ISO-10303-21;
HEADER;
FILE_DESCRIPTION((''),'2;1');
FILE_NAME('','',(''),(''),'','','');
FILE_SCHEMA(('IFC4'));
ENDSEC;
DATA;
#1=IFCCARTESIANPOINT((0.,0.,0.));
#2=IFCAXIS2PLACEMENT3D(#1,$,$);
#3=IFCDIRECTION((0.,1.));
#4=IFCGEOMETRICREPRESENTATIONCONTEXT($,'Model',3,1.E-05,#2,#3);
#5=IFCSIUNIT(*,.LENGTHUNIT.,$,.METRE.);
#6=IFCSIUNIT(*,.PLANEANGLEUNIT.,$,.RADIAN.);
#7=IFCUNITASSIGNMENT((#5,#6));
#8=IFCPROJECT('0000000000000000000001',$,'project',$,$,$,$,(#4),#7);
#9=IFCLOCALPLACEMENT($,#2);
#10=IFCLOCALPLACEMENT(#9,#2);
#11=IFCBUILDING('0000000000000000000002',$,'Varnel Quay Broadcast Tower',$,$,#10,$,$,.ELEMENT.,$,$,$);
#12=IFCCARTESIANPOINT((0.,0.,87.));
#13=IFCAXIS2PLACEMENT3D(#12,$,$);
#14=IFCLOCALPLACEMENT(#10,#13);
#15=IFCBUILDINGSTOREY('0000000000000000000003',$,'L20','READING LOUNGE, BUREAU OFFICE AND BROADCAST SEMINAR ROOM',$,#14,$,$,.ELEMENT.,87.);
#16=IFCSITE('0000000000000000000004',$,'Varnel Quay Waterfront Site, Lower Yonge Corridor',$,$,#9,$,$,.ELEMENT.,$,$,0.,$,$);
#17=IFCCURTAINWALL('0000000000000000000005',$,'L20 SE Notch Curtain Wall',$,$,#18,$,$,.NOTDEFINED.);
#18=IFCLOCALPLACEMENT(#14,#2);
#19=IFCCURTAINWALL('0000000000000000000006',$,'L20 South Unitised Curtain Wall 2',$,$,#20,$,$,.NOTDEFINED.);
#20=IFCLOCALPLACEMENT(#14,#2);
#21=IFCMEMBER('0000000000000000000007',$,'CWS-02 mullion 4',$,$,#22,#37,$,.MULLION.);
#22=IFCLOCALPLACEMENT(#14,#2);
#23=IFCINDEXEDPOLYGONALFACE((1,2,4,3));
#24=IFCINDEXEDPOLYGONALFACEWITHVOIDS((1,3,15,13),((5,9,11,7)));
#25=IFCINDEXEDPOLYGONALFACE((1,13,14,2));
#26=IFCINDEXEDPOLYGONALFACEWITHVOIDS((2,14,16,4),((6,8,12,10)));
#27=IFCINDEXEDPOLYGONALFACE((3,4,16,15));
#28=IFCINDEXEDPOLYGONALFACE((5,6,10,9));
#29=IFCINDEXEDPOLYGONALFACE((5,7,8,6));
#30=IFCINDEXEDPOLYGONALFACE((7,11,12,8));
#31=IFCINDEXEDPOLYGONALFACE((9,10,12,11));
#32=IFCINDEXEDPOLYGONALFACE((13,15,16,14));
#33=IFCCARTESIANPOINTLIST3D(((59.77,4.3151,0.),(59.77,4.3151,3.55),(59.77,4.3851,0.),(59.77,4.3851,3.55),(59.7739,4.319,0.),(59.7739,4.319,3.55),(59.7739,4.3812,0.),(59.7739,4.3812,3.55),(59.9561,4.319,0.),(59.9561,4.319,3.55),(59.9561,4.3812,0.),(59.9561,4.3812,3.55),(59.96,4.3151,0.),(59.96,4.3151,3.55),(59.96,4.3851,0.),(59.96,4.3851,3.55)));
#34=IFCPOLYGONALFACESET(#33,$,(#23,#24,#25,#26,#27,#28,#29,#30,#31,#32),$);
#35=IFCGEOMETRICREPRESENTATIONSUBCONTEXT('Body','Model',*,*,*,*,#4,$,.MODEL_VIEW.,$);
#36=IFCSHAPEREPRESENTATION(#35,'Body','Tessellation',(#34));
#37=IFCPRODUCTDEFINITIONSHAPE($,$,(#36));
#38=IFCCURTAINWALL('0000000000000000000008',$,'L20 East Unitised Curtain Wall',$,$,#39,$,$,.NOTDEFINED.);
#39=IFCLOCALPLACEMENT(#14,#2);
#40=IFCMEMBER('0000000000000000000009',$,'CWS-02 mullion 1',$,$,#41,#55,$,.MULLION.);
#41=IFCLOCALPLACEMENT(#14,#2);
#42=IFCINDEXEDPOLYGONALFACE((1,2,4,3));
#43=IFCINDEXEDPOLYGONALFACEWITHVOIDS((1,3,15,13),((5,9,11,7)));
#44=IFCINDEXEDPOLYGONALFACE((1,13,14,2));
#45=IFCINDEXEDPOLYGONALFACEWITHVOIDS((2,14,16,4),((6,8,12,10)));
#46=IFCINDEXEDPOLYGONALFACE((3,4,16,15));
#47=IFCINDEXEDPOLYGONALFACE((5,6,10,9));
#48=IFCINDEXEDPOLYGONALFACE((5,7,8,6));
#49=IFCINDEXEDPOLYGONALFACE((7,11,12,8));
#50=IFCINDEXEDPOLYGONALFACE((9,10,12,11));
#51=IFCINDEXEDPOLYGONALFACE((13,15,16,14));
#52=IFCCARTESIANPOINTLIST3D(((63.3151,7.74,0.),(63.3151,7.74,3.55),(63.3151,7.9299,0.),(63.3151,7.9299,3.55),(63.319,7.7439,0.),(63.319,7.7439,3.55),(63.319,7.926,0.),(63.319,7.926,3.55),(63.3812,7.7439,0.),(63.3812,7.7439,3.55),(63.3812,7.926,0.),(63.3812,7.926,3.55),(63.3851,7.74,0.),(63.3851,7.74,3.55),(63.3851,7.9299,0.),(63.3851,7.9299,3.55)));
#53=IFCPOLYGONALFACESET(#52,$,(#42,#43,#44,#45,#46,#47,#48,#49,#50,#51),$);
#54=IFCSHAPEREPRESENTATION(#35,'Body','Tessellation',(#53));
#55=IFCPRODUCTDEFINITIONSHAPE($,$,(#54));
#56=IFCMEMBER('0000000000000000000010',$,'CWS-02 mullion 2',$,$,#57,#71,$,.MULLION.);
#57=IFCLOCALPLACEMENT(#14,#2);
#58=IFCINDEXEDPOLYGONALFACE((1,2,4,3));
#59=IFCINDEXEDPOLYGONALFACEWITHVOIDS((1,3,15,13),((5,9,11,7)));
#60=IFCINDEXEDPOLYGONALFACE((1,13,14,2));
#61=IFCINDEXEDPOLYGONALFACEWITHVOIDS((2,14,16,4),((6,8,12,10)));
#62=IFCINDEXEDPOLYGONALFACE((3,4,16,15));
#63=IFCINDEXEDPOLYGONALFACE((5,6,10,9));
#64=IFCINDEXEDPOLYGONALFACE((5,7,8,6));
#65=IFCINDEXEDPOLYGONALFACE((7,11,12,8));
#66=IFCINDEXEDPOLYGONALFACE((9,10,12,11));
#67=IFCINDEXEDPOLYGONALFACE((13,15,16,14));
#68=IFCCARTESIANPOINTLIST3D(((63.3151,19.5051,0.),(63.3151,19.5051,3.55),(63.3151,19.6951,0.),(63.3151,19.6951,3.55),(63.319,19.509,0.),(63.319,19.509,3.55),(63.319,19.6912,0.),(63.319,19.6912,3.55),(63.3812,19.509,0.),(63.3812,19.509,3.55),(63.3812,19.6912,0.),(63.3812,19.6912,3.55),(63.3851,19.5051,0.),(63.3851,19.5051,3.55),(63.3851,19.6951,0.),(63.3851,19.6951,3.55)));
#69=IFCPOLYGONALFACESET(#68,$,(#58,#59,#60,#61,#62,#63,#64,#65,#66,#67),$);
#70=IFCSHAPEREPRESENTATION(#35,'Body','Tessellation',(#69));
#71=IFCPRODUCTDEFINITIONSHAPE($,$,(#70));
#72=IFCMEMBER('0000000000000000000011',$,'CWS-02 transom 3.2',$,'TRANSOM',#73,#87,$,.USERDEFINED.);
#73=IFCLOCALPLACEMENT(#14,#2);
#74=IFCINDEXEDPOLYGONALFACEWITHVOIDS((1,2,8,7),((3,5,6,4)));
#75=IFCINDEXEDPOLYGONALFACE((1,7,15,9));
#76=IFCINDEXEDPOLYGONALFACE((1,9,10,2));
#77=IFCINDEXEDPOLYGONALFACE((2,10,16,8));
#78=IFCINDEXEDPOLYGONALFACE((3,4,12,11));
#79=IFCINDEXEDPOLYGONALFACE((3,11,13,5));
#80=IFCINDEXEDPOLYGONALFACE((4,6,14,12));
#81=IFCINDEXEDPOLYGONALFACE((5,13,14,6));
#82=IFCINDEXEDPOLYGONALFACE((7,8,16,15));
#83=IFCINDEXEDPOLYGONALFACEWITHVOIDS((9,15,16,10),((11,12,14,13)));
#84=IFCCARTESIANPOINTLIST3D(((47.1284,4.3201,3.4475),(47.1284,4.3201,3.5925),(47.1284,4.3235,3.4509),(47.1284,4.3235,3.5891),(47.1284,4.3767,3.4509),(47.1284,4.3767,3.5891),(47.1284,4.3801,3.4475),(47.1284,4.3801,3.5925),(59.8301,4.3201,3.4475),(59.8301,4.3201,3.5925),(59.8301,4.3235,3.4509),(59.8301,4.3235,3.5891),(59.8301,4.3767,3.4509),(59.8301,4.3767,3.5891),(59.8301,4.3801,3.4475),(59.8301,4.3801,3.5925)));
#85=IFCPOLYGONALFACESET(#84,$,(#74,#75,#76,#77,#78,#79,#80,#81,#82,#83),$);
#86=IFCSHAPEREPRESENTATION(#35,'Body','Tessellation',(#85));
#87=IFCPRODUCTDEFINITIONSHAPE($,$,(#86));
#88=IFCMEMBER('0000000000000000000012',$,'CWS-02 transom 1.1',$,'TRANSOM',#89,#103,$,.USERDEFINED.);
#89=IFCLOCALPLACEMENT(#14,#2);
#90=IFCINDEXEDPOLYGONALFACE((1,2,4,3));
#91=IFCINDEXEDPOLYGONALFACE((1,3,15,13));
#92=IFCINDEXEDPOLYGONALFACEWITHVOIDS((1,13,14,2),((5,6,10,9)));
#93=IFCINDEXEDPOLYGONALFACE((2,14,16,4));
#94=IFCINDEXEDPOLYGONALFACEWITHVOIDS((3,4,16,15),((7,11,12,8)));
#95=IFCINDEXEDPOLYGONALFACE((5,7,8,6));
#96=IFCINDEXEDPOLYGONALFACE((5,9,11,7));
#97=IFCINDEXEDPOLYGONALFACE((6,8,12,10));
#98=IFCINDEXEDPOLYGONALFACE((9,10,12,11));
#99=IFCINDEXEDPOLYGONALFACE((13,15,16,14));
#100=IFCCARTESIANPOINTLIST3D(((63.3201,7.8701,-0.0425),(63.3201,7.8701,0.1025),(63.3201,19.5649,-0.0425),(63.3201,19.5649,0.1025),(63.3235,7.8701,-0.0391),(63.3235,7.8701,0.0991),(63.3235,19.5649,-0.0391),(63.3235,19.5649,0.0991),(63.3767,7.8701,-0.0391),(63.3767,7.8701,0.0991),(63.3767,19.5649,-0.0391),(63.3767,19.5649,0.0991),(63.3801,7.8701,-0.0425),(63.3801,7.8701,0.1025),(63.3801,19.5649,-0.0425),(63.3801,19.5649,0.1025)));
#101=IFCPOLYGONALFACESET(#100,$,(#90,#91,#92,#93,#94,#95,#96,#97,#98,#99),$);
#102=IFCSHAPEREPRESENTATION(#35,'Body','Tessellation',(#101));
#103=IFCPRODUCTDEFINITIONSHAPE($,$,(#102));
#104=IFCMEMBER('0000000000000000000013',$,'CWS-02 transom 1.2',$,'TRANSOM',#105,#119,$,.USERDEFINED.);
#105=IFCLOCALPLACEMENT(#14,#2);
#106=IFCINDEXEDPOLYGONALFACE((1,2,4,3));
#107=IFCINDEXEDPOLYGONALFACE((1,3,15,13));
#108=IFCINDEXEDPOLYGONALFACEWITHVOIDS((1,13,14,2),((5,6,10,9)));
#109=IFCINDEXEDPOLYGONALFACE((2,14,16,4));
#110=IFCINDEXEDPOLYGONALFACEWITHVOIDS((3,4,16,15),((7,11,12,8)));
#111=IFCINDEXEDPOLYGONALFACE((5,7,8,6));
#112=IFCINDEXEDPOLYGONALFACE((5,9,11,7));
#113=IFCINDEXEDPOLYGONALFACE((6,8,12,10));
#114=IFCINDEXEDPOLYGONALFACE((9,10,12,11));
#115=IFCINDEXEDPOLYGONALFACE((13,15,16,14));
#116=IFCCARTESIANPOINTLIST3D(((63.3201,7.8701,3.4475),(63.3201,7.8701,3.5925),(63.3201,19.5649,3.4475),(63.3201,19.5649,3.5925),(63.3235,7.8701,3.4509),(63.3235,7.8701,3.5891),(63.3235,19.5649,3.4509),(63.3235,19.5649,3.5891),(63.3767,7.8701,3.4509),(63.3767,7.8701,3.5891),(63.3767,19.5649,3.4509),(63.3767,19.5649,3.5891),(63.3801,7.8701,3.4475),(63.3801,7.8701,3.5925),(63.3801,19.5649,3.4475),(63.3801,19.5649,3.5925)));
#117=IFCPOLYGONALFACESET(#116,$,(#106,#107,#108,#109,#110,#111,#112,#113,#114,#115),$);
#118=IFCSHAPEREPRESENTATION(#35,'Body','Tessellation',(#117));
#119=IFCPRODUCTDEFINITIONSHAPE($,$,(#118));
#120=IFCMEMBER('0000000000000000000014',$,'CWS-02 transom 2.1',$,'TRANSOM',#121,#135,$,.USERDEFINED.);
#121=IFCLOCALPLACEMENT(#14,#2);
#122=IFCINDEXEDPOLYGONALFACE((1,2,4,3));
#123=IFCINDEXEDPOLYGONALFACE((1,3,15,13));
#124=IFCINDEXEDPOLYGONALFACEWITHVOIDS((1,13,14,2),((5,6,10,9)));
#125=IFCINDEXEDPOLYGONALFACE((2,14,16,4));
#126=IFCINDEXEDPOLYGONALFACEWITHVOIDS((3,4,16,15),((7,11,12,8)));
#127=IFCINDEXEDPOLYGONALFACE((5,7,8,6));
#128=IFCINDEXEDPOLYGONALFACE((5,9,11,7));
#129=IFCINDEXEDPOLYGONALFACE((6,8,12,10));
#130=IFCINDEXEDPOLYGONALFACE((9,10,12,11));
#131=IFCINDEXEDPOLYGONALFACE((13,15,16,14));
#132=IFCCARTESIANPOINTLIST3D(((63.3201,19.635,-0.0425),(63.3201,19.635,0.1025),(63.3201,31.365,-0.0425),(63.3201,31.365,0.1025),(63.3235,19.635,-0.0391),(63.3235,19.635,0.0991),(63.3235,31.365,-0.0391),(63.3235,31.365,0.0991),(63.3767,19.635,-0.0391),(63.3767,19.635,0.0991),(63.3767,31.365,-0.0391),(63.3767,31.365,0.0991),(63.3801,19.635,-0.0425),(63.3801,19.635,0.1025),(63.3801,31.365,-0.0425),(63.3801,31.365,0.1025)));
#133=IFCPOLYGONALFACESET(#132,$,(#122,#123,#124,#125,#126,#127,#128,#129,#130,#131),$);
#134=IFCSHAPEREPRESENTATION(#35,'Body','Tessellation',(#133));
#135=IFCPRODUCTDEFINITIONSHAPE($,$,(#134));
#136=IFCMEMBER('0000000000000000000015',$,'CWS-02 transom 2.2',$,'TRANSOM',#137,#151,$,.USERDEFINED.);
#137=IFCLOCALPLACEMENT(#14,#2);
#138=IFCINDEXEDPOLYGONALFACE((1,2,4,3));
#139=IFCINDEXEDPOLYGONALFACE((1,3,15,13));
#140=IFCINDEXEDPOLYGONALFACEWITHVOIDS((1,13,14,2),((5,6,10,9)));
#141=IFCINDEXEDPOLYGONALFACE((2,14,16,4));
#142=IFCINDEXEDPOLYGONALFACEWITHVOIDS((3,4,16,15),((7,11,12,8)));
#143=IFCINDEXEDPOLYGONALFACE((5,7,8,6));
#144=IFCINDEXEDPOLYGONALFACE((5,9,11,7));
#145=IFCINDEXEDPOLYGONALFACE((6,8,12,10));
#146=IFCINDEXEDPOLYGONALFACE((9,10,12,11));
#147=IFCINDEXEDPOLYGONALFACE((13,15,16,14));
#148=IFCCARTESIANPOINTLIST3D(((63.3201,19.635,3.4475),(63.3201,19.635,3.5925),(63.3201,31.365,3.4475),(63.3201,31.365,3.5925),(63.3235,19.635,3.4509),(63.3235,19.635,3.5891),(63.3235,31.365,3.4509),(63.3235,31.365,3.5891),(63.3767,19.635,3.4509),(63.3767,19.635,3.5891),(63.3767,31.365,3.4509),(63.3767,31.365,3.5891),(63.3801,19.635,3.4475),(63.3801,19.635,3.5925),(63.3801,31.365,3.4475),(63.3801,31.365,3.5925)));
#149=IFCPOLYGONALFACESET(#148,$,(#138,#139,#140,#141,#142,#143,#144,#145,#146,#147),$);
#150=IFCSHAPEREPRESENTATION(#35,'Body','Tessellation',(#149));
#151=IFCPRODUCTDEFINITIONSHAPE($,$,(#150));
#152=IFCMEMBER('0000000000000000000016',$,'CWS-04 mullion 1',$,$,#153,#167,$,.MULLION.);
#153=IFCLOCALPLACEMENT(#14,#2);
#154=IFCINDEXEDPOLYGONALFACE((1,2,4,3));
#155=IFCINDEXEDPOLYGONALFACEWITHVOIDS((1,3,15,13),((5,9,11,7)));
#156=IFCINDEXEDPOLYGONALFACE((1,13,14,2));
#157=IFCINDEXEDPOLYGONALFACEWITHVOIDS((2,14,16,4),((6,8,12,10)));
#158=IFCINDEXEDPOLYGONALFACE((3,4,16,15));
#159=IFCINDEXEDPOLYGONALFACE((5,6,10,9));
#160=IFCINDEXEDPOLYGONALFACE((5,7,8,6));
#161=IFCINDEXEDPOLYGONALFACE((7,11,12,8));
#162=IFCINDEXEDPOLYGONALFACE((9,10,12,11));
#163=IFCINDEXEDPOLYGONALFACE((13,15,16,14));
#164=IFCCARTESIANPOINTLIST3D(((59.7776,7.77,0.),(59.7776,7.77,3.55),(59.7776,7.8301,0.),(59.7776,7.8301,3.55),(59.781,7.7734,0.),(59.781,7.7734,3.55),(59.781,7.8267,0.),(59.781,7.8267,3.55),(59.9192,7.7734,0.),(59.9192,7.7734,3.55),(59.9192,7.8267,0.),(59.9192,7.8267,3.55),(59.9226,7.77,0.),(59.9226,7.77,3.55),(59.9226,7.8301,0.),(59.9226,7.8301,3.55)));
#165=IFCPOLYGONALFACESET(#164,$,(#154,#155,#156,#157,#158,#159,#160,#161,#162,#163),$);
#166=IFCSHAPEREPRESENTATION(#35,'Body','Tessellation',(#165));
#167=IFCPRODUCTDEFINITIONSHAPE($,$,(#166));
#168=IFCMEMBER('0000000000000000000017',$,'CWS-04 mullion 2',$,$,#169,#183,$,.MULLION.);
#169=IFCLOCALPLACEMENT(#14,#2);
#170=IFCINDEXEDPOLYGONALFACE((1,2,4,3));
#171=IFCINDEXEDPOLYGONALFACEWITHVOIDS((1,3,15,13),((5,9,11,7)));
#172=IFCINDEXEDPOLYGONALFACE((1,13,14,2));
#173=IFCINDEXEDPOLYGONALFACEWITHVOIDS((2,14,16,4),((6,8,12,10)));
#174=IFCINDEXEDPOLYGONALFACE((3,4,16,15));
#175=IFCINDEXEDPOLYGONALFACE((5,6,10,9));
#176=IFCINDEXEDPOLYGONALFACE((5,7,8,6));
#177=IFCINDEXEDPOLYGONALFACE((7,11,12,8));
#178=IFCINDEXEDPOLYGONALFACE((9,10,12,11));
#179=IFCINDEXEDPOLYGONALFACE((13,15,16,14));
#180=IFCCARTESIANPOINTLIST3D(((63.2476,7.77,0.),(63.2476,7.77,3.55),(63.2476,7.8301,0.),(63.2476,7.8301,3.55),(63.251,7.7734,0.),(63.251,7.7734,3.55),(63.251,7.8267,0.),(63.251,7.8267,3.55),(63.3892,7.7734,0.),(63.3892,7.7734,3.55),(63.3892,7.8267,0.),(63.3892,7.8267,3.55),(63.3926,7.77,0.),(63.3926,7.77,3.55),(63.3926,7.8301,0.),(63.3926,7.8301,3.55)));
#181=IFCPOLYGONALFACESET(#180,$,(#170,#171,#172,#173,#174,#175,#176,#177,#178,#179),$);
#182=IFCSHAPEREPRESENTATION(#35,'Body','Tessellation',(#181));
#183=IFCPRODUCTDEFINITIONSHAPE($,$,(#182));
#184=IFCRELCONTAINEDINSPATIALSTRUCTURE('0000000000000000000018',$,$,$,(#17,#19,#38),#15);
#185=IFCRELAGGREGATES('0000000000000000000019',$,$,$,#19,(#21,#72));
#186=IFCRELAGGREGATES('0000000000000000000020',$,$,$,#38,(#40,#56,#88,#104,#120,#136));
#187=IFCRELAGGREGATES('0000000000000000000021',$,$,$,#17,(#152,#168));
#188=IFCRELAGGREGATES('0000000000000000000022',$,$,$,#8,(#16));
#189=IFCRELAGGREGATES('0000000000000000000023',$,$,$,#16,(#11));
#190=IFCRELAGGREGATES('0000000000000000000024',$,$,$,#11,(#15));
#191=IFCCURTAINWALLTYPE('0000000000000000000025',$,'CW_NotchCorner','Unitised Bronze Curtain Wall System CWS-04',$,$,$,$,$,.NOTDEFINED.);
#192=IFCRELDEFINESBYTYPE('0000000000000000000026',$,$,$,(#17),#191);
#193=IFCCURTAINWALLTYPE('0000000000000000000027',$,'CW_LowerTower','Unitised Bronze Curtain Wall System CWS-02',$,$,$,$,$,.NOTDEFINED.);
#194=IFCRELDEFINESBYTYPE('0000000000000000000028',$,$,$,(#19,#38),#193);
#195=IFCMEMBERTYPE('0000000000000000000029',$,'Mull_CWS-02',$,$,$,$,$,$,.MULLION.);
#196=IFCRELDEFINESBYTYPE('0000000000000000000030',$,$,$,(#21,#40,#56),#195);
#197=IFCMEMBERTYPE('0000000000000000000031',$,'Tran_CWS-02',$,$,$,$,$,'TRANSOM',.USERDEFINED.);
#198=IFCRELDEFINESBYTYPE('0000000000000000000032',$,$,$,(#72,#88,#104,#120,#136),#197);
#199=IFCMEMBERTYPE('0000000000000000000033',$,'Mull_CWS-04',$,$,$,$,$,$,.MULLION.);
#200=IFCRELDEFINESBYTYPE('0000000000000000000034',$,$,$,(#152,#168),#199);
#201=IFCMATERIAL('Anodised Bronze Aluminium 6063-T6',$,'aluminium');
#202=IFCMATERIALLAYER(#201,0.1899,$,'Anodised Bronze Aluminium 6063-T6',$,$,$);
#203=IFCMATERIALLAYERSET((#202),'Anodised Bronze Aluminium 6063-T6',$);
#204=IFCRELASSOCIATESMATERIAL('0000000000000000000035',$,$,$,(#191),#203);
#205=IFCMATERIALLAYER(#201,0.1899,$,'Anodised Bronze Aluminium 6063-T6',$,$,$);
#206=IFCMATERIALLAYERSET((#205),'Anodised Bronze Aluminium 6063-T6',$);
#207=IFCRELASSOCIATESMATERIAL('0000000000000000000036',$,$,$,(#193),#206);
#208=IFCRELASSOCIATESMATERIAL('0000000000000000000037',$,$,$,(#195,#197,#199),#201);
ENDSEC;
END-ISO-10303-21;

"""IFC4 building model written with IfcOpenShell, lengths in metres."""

from ifc_helpers import new_model, si_unit, direction, frame, origin, origin_2d, place, context, subcontext, project, spatial, hollow_rectangle, extrude, source, transform, mapped, material, layer, layer_set, material_profile, profile_set, type_object, type_shapes, element, aggregate, save


model = new_model("IFC4")

# Units and contexts
model_context = context("Model", 3, precision=1e-05, world=origin(), true_north=direction((0.0, 1.0)))
body_context = subcontext(model_context, "Body", "Model", "MODEL_VIEW")
ifc_project = project(units=[si_unit("LENGTHUNIT", "METRE"), si_unit("PLANEANGLEUNIT", "RADIAN")], contexts=[model_context])

# Site, building, storey
site_placement = place(None, origin())
site = spatial("IfcSite", under=ifc_project, at=site_placement, Name="Varnel Quay Waterfront Site, Lower Yonge Corridor", CompositionType="ELEMENT", RefElevation=0.0)
building_placement = place(site_placement, origin())
building = spatial("IfcBuilding", under=site, at=building_placement, Name="Varnel Quay Broadcast Tower", CompositionType="ELEMENT")
storey_placement = place(building_placement, frame((0.0, 0.0, 87.0)))
storey = spatial("IfcBuildingStorey", under=building, at=storey_placement, Name="L20", Description="READING LOUNGE, BUREAU OFFICE AND BROADCAST SEMINAR ROOM", CompositionType="ELEMENT", Elevation=87.0)

# Curtain wall
ifc_material_1 = material(Name="Anodised Bronze Aluminium 6063-T6", Category="aluminium")
ifc_layer_1 = layer(ifc_material_1, 0.1899, Name="Anodised Bronze Aluminium 6063-T6")
ifc_layer_set_1 = layer_set([ifc_layer_1], Name="Anodised Bronze Aluminium 6063-T6")
curtain_wall_type_1 = type_object("IfcCurtainWallType", Name="CW_NotchCorner", Description="Unitised Bronze Curtain Wall System CWS-04", PredefinedType="NOTDEFINED", material=ifc_layer_set_1)
curtain_wall_1_placement = place(storey_placement, origin())
curtain_wall_1 = element("IfcCurtainWall", 1, at=curtain_wall_1_placement, inside=storey, type_object=curtain_wall_type_1, Name="L20 SE Notch Curtain Wall", PredefinedType="NOTDEFINED")

# Curtain wall, member
ifc_layer_2 = layer(ifc_material_1, 0.1899, Name="Anodised Bronze Aluminium 6063-T6")
ifc_layer_set_2 = layer_set([ifc_layer_2], Name="Anodised Bronze Aluminium 6063-T6")
curtain_wall_type_2 = type_object("IfcCurtainWallType", Name="CW_LowerTower", Description="Unitised Bronze Curtain Wall System CWS-02", PredefinedType="NOTDEFINED", material=ifc_layer_set_2)
curtain_wall_2_placement = place(storey_placement, origin())
curtain_wall_2 = element("IfcCurtainWall", 2, at=curtain_wall_2_placement, inside=storey, type_object=curtain_wall_type_2, Name="L20 South Unitised Curtain Wall 2", PredefinedType="NOTDEFINED")
ifc_material_profile_1 = material_profile(ifc_material_1, hollow_rectangle(XDim=0.0701, YDim=0.1899, WallThickness=0.0039, at=origin_2d()), Name="ALU70X190X4")
ifc_profile_set_1 = profile_set([ifc_material_profile_1], Name="Anodised Bronze Aluminium 6063-T6")
member_type_1 = type_object("IfcMemberType", Name="Mull_CWS-02", PredefinedType="MULLION", material=ifc_profile_set_1)
shared_shape_1 = source(origin(), body_context, "Body", "SweptSolid", [
    extrude(hollow_rectangle(XDim=0.0701, YDim=0.1899, WallThickness=0.0039, at=origin_2d()), origin(), (0.0, 0.0, 1.0), 3.55),
])
type_shapes(member_type_1, [shared_shape_1])
member_1_placement = place(storey_placement, frame((59.865, 4.3501, 0.0), z_axis=(0.0, 0.0, 1.0), x_axis=(0.0, 1.0, 0.0)))
member_1 = element("IfcMember", 3, at=member_1_placement, type_object=member_type_1, Name="CWS-02 mullion 4", PredefinedType="MULLION", context=body_context, shape_type="MappedRepresentation", body=[
    mapped(shared_shape_1, transform((0.0, 0.0, 0.0), x_axis=(1.0, 0.0, 0.0), y_axis=(0.0, 1.0, 0.0), z_axis=(0.0, 0.0, 1.0), scale=1.0)),
])

# Curtain wall, members
curtain_wall_3_placement = place(storey_placement, origin())
curtain_wall_3 = element("IfcCurtainWall", 4, at=curtain_wall_3_placement, inside=storey, type_object=curtain_wall_type_2, Name="L20 East Unitised Curtain Wall", PredefinedType="NOTDEFINED")
member_2_placement = place(storey_placement, frame((63.3501, 7.835, 0.0), z_axis=(0.0, 0.0, 1.0), x_axis=(-1.0, 0.0, 0.0)))
member_2 = element("IfcMember", 5, at=member_2_placement, type_object=member_type_1, Name="CWS-02 mullion 1", PredefinedType="MULLION", context=body_context, shape_type="MappedRepresentation", body=[
    mapped(shared_shape_1, transform((0.0, 0.0, 0.0), x_axis=(1.0, 0.0, 0.0), y_axis=(0.0, 1.0, 0.0), z_axis=(0.0, 0.0, 1.0), scale=1.0)),
])
member_3_placement = place(storey_placement, frame((63.3501, 19.6001, 0.0), z_axis=(0.0, 0.0, 1.0), x_axis=(-1.0, 0.0, 0.0)))
member_3 = element("IfcMember", 6, at=member_3_placement, type_object=member_type_1, Name="CWS-02 mullion 2", PredefinedType="MULLION", context=body_context, shape_type="MappedRepresentation", body=[
    mapped(shared_shape_1, transform((0.0, 0.0, 0.0), x_axis=(1.0, 0.0, 0.0), y_axis=(0.0, 1.0, 0.0), z_axis=(0.0, 0.0, 1.0), scale=1.0)),
])

# Members
ifc_material_profile_2 = material_profile(ifc_material_1, hollow_rectangle(XDim=0.0601, YDim=0.145, WallThickness=0.0034, at=origin_2d()), Name="ALU60X145X3.5")
ifc_profile_set_2 = profile_set([ifc_material_profile_2], Name="Anodised Bronze Aluminium 6063-T6")
member_type_2 = type_object("IfcMemberType", Name="Tran_CWS-02", ElementType="TRANSOM", PredefinedType="USERDEFINED", material=ifc_profile_set_2)
shared_shape_2 = source(origin(), body_context, "Body", "SweptSolid", [
    extrude(hollow_rectangle(XDim=0.0601, YDim=0.145, WallThickness=0.0034, at=origin_2d()), origin(), (0.0, 0.0, 1.0), 12.7017),
])
member_4_placement = place(storey_placement, frame((47.1284, 4.3501, 3.52), z_axis=(1.0, 0.0, 0.0), x_axis=(0.0, 1.0, 0.0)))
member_4 = element("IfcMember", 7, at=member_4_placement, type_object=member_type_2, Name="CWS-02 transom 3.2", ObjectType="TRANSOM", PredefinedType="USERDEFINED", context=body_context, shape_type="MappedRepresentation", body=[
    mapped(shared_shape_2, transform((0.0, 0.0, 0.0), x_axis=(1.0, 0.0, 0.0), y_axis=(0.0, 1.0, 0.0), z_axis=(0.0, 0.0, 1.0), scale=1.0)),
])
shared_shape_3 = source(origin(), body_context, "Body", "SweptSolid", [
    extrude(hollow_rectangle(XDim=0.0601, YDim=0.145, WallThickness=0.0034, at=origin_2d()), origin(), (0.0, 0.0, 1.0), 11.6948),
])
member_5_placement = place(storey_placement, frame((63.3501, 7.8701, 0.03), z_axis=(0.0, 1.0, 0.0), x_axis=(-1.0, 0.0, 0.0)))
member_5 = element("IfcMember", 8, at=member_5_placement, type_object=member_type_2, Name="CWS-02 transom 1.1", ObjectType="TRANSOM", PredefinedType="USERDEFINED", context=body_context, shape_type="MappedRepresentation", body=[
    mapped(shared_shape_3, transform((0.0, 0.0, 0.0), x_axis=(1.0, 0.0, 0.0), y_axis=(0.0, 1.0, 0.0), z_axis=(0.0, 0.0, 1.0), scale=1.0)),
])
member_6_placement = place(storey_placement, frame((63.3501, 7.8701, 3.52), z_axis=(0.0, 1.0, 0.0), x_axis=(-1.0, 0.0, 0.0)))
member_6 = element("IfcMember", 9, at=member_6_placement, type_object=member_type_2, Name="CWS-02 transom 1.2", ObjectType="TRANSOM", PredefinedType="USERDEFINED", context=body_context, shape_type="MappedRepresentation", body=[
    mapped(shared_shape_3, transform((0.0, 0.0, 0.0), x_axis=(1.0, 0.0, 0.0), y_axis=(0.0, 1.0, 0.0), z_axis=(0.0, 0.0, 1.0), scale=1.0)),
])
shared_shape_4 = source(origin(), body_context, "Body", "SweptSolid", [
    extrude(hollow_rectangle(XDim=0.0601, YDim=0.145, WallThickness=0.0034, at=origin_2d()), origin(), (0.0, 0.0, 1.0), 11.73),
])
type_shapes(member_type_2, [shared_shape_2, shared_shape_3, shared_shape_4])
member_7_placement = place(storey_placement, frame((63.3501, 19.635, 0.03), z_axis=(0.0, 1.0, 0.0), x_axis=(-1.0, 0.0, 0.0)))
member_7 = element("IfcMember", 10, at=member_7_placement, type_object=member_type_2, Name="CWS-02 transom 2.1", ObjectType="TRANSOM", PredefinedType="USERDEFINED", context=body_context, shape_type="MappedRepresentation", body=[
    mapped(shared_shape_4, transform((0.0, 0.0, 0.0), x_axis=(1.0, 0.0, 0.0), y_axis=(0.0, 1.0, 0.0), z_axis=(0.0, 0.0, 1.0), scale=1.0)),
])
member_8_placement = place(storey_placement, frame((63.3501, 19.635, 3.52), z_axis=(0.0, 1.0, 0.0), x_axis=(-1.0, 0.0, 0.0)))
member_8 = element("IfcMember", 11, at=member_8_placement, type_object=member_type_2, Name="CWS-02 transom 2.2", ObjectType="TRANSOM", PredefinedType="USERDEFINED", context=body_context, shape_type="MappedRepresentation", body=[
    mapped(shared_shape_4, transform((0.0, 0.0, 0.0), x_axis=(1.0, 0.0, 0.0), y_axis=(0.0, 1.0, 0.0), z_axis=(0.0, 0.0, 1.0), scale=1.0)),
])
ifc_material_profile_3 = material_profile(ifc_material_1, hollow_rectangle(XDim=0.0601, YDim=0.145, WallThickness=0.0034, at=origin_2d()), Name="ALU60X145X3.5")
ifc_profile_set_3 = profile_set([ifc_material_profile_3], Name="Anodised Bronze Aluminium 6063-T6")
member_type_3 = type_object("IfcMemberType", Name="Mull_CWS-04", PredefinedType="MULLION", material=ifc_profile_set_3)
shared_shape_5 = source(origin(), body_context, "Body", "SweptSolid", [
    extrude(hollow_rectangle(XDim=0.0601, YDim=0.145, WallThickness=0.0034, at=origin_2d()), origin(), (0.0, 0.0, 1.0), 3.55),
])
type_shapes(member_type_3, [shared_shape_5])
member_9_placement = place(storey_placement, frame((59.8501, 7.8, 0.0), z_axis=(0.0, 0.0, 1.0), x_axis=(0.0, 1.0, 0.0)))
member_9 = element("IfcMember", 12, at=member_9_placement, type_object=member_type_3, Name="CWS-04 mullion 1", PredefinedType="MULLION", context=body_context, shape_type="MappedRepresentation", body=[
    mapped(shared_shape_5, transform((0.0, 0.0, 0.0), x_axis=(1.0, 0.0, 0.0), y_axis=(0.0, 1.0, 0.0), z_axis=(0.0, 0.0, 1.0), scale=1.0)),
])
member_10_placement = place(storey_placement, frame((63.3201, 7.8, 0.0), z_axis=(0.0, 0.0, 1.0), x_axis=(0.0, 1.0, 0.0)))
member_10 = element("IfcMember", 13, at=member_10_placement, type_object=member_type_3, Name="CWS-04 mullion 2", PredefinedType="MULLION", context=body_context, shape_type="MappedRepresentation", body=[
    mapped(shared_shape_5, transform((0.0, 0.0, 0.0), x_axis=(1.0, 0.0, 0.0), y_axis=(0.0, 1.0, 0.0), z_axis=(0.0, 0.0, 1.0), scale=1.0)),
])

aggregate(curtain_wall_2, [member_1, member_4])
aggregate(curtain_wall_3, [member_2, member_3, member_5, member_6, member_7, member_8])
aggregate(curtain_wall_1, [member_9, member_10])

save(model, "model.ifc")
